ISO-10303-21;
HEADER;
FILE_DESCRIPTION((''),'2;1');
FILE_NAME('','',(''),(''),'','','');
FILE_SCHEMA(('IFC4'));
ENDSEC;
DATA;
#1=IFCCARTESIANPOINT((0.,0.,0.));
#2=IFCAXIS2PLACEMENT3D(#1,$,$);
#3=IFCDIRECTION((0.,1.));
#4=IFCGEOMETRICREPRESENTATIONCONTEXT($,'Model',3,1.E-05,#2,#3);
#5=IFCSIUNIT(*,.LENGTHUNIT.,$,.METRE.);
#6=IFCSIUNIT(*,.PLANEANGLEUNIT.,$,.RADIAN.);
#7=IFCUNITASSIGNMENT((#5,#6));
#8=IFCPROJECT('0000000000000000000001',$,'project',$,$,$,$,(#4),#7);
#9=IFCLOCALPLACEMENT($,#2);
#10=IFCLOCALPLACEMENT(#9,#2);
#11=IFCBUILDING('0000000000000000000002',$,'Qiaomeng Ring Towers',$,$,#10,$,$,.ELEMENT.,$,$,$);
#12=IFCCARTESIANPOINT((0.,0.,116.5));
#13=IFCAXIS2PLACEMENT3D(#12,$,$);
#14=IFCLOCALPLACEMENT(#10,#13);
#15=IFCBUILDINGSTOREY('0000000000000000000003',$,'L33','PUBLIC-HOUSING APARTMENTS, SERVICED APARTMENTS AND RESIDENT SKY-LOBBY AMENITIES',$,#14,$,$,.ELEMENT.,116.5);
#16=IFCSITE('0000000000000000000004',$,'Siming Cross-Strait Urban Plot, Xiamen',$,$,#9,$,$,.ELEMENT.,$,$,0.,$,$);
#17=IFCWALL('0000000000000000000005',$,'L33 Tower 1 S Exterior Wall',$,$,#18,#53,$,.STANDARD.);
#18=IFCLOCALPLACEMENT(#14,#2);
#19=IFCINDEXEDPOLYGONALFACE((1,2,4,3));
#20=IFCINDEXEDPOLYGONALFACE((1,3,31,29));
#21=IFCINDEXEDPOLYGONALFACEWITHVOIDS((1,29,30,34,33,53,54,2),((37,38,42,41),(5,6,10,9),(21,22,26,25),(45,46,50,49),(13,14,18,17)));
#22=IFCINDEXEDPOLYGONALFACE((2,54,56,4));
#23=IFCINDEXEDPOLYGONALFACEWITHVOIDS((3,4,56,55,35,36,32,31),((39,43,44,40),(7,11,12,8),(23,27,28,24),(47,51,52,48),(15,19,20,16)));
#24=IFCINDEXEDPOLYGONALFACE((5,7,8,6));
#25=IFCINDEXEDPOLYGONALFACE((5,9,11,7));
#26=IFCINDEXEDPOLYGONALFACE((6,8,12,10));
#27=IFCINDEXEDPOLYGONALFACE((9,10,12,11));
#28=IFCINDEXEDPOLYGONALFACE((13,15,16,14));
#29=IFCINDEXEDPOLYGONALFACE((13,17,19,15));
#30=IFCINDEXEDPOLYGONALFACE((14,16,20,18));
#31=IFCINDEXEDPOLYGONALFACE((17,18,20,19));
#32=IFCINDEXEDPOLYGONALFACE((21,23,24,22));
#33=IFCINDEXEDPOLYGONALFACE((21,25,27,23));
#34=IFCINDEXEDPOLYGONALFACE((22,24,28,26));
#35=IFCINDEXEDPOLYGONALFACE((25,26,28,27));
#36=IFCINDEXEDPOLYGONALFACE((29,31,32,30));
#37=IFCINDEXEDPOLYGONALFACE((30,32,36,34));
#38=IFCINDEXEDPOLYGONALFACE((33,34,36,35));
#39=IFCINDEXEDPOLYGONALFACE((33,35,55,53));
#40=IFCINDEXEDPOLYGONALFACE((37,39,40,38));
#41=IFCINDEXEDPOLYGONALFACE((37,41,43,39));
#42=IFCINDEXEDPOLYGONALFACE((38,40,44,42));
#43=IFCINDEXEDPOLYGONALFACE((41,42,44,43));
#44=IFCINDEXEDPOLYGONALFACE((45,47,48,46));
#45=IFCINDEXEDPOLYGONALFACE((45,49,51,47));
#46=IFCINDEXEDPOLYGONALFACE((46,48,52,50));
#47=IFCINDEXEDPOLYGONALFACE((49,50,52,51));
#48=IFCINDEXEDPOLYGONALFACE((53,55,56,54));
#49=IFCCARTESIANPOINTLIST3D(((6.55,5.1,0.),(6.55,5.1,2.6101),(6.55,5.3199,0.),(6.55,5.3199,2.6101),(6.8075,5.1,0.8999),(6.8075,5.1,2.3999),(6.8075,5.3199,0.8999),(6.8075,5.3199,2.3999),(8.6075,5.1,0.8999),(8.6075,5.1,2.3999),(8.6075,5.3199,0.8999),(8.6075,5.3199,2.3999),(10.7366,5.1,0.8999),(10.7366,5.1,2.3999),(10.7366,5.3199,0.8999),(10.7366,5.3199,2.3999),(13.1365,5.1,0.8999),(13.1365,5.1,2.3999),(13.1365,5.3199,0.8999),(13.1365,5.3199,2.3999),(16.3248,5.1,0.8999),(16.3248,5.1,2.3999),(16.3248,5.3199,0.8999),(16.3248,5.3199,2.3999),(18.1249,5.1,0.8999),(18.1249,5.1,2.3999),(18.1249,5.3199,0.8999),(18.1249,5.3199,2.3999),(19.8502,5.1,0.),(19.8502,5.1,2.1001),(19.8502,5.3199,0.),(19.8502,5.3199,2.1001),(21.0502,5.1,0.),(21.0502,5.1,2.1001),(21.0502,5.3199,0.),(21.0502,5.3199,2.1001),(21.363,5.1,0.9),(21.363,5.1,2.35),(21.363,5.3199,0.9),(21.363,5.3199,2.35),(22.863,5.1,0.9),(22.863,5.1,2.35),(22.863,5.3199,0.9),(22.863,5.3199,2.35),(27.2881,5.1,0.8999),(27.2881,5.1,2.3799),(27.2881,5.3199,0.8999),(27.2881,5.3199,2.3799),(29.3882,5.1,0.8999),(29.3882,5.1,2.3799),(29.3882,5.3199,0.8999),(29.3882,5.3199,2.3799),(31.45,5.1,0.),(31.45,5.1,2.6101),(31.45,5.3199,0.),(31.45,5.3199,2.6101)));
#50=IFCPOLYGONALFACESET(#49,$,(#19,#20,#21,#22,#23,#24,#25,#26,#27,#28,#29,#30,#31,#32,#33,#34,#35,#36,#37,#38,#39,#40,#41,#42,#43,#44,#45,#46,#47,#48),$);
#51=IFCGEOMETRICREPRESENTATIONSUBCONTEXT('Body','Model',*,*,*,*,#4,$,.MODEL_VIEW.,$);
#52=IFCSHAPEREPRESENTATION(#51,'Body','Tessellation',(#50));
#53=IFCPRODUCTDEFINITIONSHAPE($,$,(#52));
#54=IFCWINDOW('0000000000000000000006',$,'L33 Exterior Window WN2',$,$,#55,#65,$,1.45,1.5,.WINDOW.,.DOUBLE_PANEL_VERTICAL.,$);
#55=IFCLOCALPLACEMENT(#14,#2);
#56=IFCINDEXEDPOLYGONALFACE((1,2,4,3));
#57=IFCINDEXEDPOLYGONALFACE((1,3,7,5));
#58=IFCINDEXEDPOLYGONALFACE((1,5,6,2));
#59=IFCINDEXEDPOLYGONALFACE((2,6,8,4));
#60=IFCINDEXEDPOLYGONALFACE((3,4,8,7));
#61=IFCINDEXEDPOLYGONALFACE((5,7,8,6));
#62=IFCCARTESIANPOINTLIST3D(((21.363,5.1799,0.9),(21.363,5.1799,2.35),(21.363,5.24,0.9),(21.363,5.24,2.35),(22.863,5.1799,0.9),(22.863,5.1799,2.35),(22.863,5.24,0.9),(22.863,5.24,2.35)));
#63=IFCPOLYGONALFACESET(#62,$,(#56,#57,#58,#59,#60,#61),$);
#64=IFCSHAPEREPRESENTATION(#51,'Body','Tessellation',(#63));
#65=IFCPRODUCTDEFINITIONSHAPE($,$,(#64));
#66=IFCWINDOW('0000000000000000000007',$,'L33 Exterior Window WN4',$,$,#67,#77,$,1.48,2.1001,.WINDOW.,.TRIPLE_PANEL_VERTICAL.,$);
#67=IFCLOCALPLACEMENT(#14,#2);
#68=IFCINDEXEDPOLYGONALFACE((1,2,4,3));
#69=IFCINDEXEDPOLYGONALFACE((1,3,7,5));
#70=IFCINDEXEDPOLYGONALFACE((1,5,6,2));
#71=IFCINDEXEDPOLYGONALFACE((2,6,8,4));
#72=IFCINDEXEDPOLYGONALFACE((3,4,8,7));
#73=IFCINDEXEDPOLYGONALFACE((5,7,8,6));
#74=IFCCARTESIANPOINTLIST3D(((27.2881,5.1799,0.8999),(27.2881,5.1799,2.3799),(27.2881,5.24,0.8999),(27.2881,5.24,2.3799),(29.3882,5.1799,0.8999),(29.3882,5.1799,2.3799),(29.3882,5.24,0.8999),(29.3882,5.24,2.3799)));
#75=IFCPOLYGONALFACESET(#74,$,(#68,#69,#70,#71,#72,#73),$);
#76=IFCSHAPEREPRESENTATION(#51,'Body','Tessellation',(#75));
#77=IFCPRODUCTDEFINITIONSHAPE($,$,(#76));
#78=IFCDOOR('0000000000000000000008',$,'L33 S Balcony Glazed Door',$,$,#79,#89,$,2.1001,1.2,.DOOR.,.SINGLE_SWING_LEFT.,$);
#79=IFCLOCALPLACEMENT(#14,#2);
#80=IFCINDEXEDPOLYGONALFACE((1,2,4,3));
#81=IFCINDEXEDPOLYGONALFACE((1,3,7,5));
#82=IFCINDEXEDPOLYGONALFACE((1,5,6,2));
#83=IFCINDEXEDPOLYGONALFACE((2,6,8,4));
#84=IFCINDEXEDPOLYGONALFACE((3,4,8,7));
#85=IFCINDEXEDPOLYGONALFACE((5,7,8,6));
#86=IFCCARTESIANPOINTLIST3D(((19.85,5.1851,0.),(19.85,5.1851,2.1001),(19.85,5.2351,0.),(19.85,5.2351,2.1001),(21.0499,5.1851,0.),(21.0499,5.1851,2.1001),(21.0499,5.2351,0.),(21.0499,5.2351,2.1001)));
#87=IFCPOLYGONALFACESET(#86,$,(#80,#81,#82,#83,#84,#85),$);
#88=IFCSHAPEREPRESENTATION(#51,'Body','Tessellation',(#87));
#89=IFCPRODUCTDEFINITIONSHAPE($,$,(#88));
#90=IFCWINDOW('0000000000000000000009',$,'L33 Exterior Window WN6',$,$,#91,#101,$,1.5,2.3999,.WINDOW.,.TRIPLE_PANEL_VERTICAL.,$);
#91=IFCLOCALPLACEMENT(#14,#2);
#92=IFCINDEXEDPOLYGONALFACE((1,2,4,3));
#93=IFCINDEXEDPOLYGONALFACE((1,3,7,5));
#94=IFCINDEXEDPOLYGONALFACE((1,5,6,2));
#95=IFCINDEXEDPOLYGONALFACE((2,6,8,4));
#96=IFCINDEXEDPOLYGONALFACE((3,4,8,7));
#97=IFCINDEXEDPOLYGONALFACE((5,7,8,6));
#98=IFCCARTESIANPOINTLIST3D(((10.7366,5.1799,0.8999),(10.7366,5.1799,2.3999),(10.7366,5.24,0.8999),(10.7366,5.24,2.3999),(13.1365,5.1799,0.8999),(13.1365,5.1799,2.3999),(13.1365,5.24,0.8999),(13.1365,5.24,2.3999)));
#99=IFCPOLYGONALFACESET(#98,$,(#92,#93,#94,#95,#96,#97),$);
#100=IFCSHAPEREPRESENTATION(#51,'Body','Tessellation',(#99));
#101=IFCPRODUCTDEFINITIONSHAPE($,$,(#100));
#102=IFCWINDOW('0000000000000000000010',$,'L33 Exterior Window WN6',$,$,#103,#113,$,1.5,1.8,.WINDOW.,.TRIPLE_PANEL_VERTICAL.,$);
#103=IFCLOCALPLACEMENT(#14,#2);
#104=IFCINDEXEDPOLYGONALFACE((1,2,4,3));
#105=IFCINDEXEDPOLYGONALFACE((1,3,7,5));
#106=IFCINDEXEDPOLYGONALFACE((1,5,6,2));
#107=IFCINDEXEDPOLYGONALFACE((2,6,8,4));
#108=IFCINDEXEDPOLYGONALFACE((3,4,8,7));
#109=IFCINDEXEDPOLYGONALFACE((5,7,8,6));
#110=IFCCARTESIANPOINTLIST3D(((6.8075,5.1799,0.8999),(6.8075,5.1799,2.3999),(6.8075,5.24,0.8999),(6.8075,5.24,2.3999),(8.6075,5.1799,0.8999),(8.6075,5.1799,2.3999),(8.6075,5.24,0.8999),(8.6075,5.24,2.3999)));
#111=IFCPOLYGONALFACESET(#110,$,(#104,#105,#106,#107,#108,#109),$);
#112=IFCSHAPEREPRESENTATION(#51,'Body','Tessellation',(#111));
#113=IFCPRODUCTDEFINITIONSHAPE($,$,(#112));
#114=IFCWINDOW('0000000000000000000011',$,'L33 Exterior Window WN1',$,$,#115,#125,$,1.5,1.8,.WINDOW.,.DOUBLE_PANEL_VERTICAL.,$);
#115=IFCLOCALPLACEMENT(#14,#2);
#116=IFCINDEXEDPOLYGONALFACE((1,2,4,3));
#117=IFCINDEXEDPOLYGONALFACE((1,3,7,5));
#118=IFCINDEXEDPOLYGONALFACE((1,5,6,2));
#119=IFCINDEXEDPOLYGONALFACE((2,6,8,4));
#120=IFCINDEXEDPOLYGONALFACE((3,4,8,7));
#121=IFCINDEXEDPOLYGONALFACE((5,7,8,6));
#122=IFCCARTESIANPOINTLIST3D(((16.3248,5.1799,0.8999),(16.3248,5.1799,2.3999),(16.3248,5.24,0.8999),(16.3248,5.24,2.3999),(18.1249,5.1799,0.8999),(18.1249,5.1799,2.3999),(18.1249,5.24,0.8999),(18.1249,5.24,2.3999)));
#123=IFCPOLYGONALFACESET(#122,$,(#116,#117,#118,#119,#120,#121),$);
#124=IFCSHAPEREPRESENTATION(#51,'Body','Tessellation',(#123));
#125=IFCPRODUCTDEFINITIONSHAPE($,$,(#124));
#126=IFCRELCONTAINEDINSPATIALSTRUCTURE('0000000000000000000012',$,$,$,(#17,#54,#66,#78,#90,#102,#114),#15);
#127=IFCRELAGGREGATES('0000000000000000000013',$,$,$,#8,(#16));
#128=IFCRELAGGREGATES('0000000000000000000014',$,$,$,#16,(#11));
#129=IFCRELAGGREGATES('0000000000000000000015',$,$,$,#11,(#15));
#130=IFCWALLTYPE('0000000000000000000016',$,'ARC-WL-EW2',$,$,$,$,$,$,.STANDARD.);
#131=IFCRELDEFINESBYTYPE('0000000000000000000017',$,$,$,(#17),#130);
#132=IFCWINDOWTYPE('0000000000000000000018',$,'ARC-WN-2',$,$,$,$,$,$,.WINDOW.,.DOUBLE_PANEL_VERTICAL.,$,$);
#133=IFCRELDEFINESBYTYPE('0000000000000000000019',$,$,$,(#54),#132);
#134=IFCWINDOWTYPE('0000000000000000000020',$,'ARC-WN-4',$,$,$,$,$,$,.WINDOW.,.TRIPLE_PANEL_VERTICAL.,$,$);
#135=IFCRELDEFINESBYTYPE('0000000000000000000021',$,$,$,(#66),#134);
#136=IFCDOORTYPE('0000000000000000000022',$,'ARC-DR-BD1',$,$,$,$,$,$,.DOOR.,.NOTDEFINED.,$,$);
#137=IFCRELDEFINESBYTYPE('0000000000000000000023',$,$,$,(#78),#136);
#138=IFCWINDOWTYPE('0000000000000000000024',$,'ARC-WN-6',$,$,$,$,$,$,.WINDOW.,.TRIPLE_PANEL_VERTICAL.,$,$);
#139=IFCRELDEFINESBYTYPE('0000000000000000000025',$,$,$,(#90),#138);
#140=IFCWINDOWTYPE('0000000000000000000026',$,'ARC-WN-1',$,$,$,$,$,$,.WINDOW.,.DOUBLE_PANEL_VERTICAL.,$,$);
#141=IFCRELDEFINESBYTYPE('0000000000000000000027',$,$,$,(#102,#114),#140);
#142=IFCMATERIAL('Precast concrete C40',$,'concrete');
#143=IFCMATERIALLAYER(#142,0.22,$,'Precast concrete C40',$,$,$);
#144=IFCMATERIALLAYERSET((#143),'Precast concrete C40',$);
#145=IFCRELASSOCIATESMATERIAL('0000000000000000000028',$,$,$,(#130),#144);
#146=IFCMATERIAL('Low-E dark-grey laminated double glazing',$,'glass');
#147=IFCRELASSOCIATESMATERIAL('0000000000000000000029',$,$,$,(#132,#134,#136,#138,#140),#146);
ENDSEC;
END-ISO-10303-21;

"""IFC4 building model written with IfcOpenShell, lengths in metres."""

from ifc_helpers import new_model, si_unit, direction, frame, frame_2d, origin, place, context, subcontext, project, spatial, rectangle, extrude, source, transform, mapped, material, layer, layer_set, type_object, element, fill, save


model = new_model("IFC4")

# Units and contexts
model_context = context("Model", 3, precision=1e-05, world=origin(), true_north=direction((0.0, 1.0)))
body_context = subcontext(model_context, "Body", "Model", "MODEL_VIEW")
ifc_project = project(units=[si_unit("LENGTHUNIT", "METRE"), si_unit("PLANEANGLEUNIT", "RADIAN")], contexts=[model_context])

# Site, building, storey
site_placement = place(None, origin())
site = spatial("IfcSite", under=ifc_project, at=site_placement, Name="Siming Cross-Strait Urban Plot, Xiamen", CompositionType="ELEMENT", RefElevation=0.0)
building_placement = place(site_placement, origin())
building = spatial("IfcBuilding", under=site, at=building_placement, Name="Qiaomeng Ring Towers", CompositionType="ELEMENT")
storey_placement = place(building_placement, frame((0.0, 0.0, 116.5)))
storey = spatial("IfcBuildingStorey", under=building, at=storey_placement, Name="L33", Description="PUBLIC-HOUSING APARTMENTS, SERVICED APARTMENTS AND RESIDENT SKY-LOBBY AMENITIES", CompositionType="ELEMENT", Elevation=116.5)

# Shared definitions
ifc_material_1 = material(Name="Low-E dark-grey laminated double glazing", Category="glass")

# Wall, openings, windows, door
ifc_material_2 = material(Name="Precast concrete C40", Category="concrete")
ifc_layer_1 = layer(ifc_material_2, 0.22, Name="Precast concrete C40")
ifc_layer_set_1 = layer_set([ifc_layer_1], Name="Precast concrete C40")
wall_type_1 = type_object("IfcWallType", Name="ARC-WL-EW2", PredefinedType="STANDARD", material=ifc_layer_set_1)
wall_1_placement = place(storey_placement, frame((6.55, 5.21, 0.0), z_axis=(0.0, 0.0, 1.0), x_axis=(1.0, 0.0, 0.0)))
wall_1 = element("IfcWall", 1, at=wall_1_placement, inside=storey, type_object=wall_type_1, Name="L33 Tower 1 S Exterior Wall", PredefinedType="STANDARD", context=body_context, shape_type="SweptSolid", body=[
    extrude(rectangle(XDim=24.8999, YDim=0.22, at=frame_2d((12.45, 0.0))), origin(), (0.0, 0.0, 1.0), 2.6101),
])
opening_1_placement = place(wall_1_placement, frame((13.3, 0.0, 0.0)))
opening_1 = element("IfcOpeningElement", 2, at=opening_1_placement, cuts=wall_1, PredefinedType="OPENING", context=body_context, shape_type="SweptSolid", body=[
    extrude(rectangle(XDim=1.2, YDim=2.1001, at=frame_2d((0.6001, 1.05))), frame((0.0, 0.1199, 0.0), z_axis=(0.0, -1.0, 0.0), x_axis=(1.0, 0.0, 0.0)), (0.0, 0.0, 1.0), 0.24),
])
opening_2_placement = place(wall_1_placement, frame((0.2576, 0.0, 0.8999)))
opening_2 = element("IfcOpeningElement", 3, at=opening_2_placement, cuts=wall_1, PredefinedType="OPENING", context=body_context, shape_type="SweptSolid", body=[
    extrude(rectangle(XDim=1.8, YDim=1.5, at=frame_2d((0.8999, 0.75))), frame((0.0, 0.1199, 0.0), z_axis=(0.0, -1.0, 0.0), x_axis=(1.0, 0.0, 0.0)), (0.0, 0.0, 1.0), 0.24),
])
opening_3_placement = place(wall_1_placement, frame((9.7749, 0.0, 0.8999)))
opening_3 = element("IfcOpeningElement", 4, at=opening_3_placement, cuts=wall_1, PredefinedType="OPENING", context=body_context, shape_type="SweptSolid", body=[
    extrude(rectangle(XDim=1.8, YDim=1.5, at=frame_2d((0.8999, 0.75))), frame((0.0, 0.1199, 0.0), z_axis=(0.0, -1.0, 0.0), x_axis=(1.0, 0.0, 0.0)), (0.0, 0.0, 1.0), 0.24),
])
opening_4_placement = place(wall_1_placement, frame((14.813, 0.0, 0.8999)))
opening_4 = element("IfcOpeningElement", 5, at=opening_4_placement, cuts=wall_1, PredefinedType="OPENING", context=body_context, shape_type="SweptSolid", body=[
    extrude(rectangle(XDim=1.5, YDim=1.45, at=frame_2d((0.75, 0.7251))), frame((0.0, 0.1199, 0.0), z_axis=(0.0, -1.0, 0.0), x_axis=(1.0, 0.0, 0.0)), (0.0, 0.0, 1.0), 0.24),
])
opening_5_placement = place(wall_1_placement, frame((20.738, 0.0, 0.8999)))
opening_5 = element("IfcOpeningElement", 6, at=opening_5_placement, cuts=wall_1, PredefinedType="OPENING", context=body_context, shape_type="SweptSolid", body=[
    extrude(rectangle(XDim=2.1001, YDim=1.48, at=frame_2d((1.05, 0.74))), frame((0.0, 0.1199, 0.0), z_axis=(0.0, -1.0, 0.0), x_axis=(1.0, 0.0, 0.0)), (0.0, 0.0, 1.0), 0.24),
])
opening_6_placement = place(wall_1_placement, frame((4.1865, 0.0, 0.8999)))
opening_6 = element("IfcOpeningElement", 7, at=opening_6_placement, cuts=wall_1, PredefinedType="OPENING", context=body_context, shape_type="SweptSolid", body=[
    extrude(rectangle(XDim=2.3999, YDim=1.5, at=frame_2d((1.2, 0.75))), frame((0.0, 0.1199, 0.0), z_axis=(0.0, -1.0, 0.0), x_axis=(1.0, 0.0, 0.0)), (0.0, 0.0, 1.0), 0.24),
])
window_type_1 = type_object("IfcWindowType", Name="ARC-WN-2", PartitioningType="DOUBLE_PANEL_VERTICAL", PredefinedType="WINDOW", material=ifc_material_1)
shared_shape_1 = source(origin(), body_context, "Body", "SweptSolid", [
    extrude(rectangle(XDim=1.5, YDim=1.45, at=frame_2d((0.75, 0.7251))), frame((0.0, 0.03, 0.0), z_axis=(0.0, -1.0, 0.0), x_axis=(1.0, 0.0, 0.0)), (0.0, 0.0, 1.0), 0.0601),
])
window_1_placement = place(opening_4_placement, origin())
window_1 = element("IfcWindow", 8, at=window_1_placement, inside=storey, type_object=window_type_1, Name="L33 Exterior Window WN2", OverallHeight=1.45, OverallWidth=1.5, PartitioningType="DOUBLE_PANEL_VERTICAL", PredefinedType="WINDOW", context=body_context, shape_type="MappedRepresentation", body=[
    mapped(shared_shape_1, transform((0.0, 0.0, 0.0), x_axis=(1.0, 0.0, 0.0), y_axis=(0.0, 1.0, 0.0), z_axis=(0.0, 0.0, 1.0), scale=1.0)),
])
fill(opening_4, window_1)
window_type_2 = type_object("IfcWindowType", Name="ARC-WN-4", PartitioningType="TRIPLE_PANEL_VERTICAL", PredefinedType="WINDOW", material=ifc_material_1)
shared_shape_2 = source(origin(), body_context, "Body", "SweptSolid", [
    extrude(rectangle(XDim=2.1001, YDim=1.48, at=frame_2d((1.05, 0.74))), frame((0.0, 0.03, 0.0), z_axis=(0.0, -1.0, 0.0), x_axis=(1.0, 0.0, 0.0)), (0.0, 0.0, 1.0), 0.0601),
])
window_2_placement = place(opening_5_placement, origin())
window_2 = element("IfcWindow", 9, at=window_2_placement, inside=storey, type_object=window_type_2, Name="L33 Exterior Window WN4", OverallHeight=1.48, OverallWidth=2.1001, PartitioningType="TRIPLE_PANEL_VERTICAL", PredefinedType="WINDOW", context=body_context, shape_type="MappedRepresentation", body=[
    mapped(shared_shape_2, transform((0.0, 0.0, 0.0), x_axis=(1.0, 0.0, 0.0), y_axis=(0.0, 1.0, 0.0), z_axis=(0.0, 0.0, 1.0), scale=1.0)),
])
fill(opening_5, window_2)
door_type_1 = type_object("IfcDoorType", Name="ARC-DR-BD1", OperationType="NOTDEFINED", PredefinedType="DOOR", material=ifc_material_1)
shared_shape_3 = source(origin(), body_context, "Body", "SweptSolid", [
    extrude(rectangle(XDim=1.2, YDim=2.1001, at=frame_2d((0.6001, 1.05))), frame((0.0, 0.0249, 0.0), z_axis=(0.0, -1.0, 0.0), x_axis=(1.0, 0.0, 0.0)), (0.0, 0.0, 1.0), 0.05),
])
door_1_placement = place(opening_1_placement, frame((1.2, 0.0, 0.0), z_axis=(0.0, 0.0, 1.0), x_axis=(-1.0, 0.0, 0.0)))
door_1 = element("IfcDoor", 10, at=door_1_placement, inside=storey, type_object=door_type_1, Name="L33 S Balcony Glazed Door", OperationType="SINGLE_SWING_LEFT", OverallHeight=2.1001, OverallWidth=1.2, PredefinedType="DOOR", context=body_context, shape_type="MappedRepresentation", body=[
    mapped(shared_shape_3, transform((0.0, 0.0, 0.0), x_axis=(1.0, 0.0, 0.0), y_axis=(0.0, 1.0, 0.0), z_axis=(0.0, 0.0, 1.0), scale=1.0)),
])
fill(opening_1, door_1)
window_type_3 = type_object("IfcWindowType", Name="ARC-WN-6", PartitioningType="TRIPLE_PANEL_VERTICAL", PredefinedType="WINDOW", material=ifc_material_1)
shared_shape_4 = source(origin(), body_context, "Body", "SweptSolid", [
    extrude(rectangle(XDim=2.3999, YDim=1.5, at=frame_2d((1.2, 0.75))), frame((0.0, 0.03, 0.0), z_axis=(0.0, -1.0, 0.0), x_axis=(1.0, 0.0, 0.0)), (0.0, 0.0, 1.0), 0.0601),
])
window_3_placement = place(opening_6_placement, origin())
window_3 = element("IfcWindow", 11, at=window_3_placement, inside=storey, type_object=window_type_3, Name="L33 Exterior Window WN6", OverallHeight=1.5, OverallWidth=2.3999, PartitioningType="TRIPLE_PANEL_VERTICAL", PredefinedType="WINDOW", context=body_context, shape_type="MappedRepresentation", body=[
    mapped(shared_shape_4, transform((0.0, 0.0, 0.0), x_axis=(1.0, 0.0, 0.0), y_axis=(0.0, 1.0, 0.0), z_axis=(0.0, 0.0, 1.0), scale=1.0)),
])
fill(opening_6, window_3)
window_type_4 = type_object("IfcWindowType", Name="ARC-WN-1", PartitioningType="DOUBLE_PANEL_VERTICAL", PredefinedType="WINDOW", material=ifc_material_1)
shared_shape_5 = source(origin(), body_context, "Body", "SweptSolid", [
    extrude(rectangle(XDim=1.8, YDim=1.5, at=frame_2d((0.8999, 0.75))), frame((0.0, 0.03, 0.0), z_axis=(0.0, -1.0, 0.0), x_axis=(1.0, 0.0, 0.0)), (0.0, 0.0, 1.0), 0.0601),
])
window_4_placement = place(opening_2_placement, origin())
window_4 = element("IfcWindow", 12, at=window_4_placement, inside=storey, type_object=window_type_4, Name="L33 Exterior Window WN6", OverallHeight=1.5, OverallWidth=1.8, PartitioningType="TRIPLE_PANEL_VERTICAL", PredefinedType="WINDOW", context=body_context, shape_type="MappedRepresentation", body=[
    mapped(shared_shape_5, transform((0.0, 0.0, 0.0), x_axis=(1.0, 0.0, 0.0), y_axis=(0.0, 1.0, 0.0), z_axis=(0.0, 0.0, 1.0), scale=1.0)),
])
fill(opening_2, window_4)
window_5_placement = place(opening_3_placement, origin())
window_5 = element("IfcWindow", 13, at=window_5_placement, inside=storey, type_object=window_type_4, Name="L33 Exterior Window WN1", OverallHeight=1.5, OverallWidth=1.8, PartitioningType="DOUBLE_PANEL_VERTICAL", PredefinedType="WINDOW", context=body_context, shape_type="MappedRepresentation", body=[
    mapped(shared_shape_5, transform((0.0, 0.0, 0.0), x_axis=(1.0, 0.0, 0.0), y_axis=(0.0, 1.0, 0.0), z_axis=(0.0, 0.0, 1.0), scale=1.0)),
])
fill(opening_3, window_5)

save(model, "model.ifc")
